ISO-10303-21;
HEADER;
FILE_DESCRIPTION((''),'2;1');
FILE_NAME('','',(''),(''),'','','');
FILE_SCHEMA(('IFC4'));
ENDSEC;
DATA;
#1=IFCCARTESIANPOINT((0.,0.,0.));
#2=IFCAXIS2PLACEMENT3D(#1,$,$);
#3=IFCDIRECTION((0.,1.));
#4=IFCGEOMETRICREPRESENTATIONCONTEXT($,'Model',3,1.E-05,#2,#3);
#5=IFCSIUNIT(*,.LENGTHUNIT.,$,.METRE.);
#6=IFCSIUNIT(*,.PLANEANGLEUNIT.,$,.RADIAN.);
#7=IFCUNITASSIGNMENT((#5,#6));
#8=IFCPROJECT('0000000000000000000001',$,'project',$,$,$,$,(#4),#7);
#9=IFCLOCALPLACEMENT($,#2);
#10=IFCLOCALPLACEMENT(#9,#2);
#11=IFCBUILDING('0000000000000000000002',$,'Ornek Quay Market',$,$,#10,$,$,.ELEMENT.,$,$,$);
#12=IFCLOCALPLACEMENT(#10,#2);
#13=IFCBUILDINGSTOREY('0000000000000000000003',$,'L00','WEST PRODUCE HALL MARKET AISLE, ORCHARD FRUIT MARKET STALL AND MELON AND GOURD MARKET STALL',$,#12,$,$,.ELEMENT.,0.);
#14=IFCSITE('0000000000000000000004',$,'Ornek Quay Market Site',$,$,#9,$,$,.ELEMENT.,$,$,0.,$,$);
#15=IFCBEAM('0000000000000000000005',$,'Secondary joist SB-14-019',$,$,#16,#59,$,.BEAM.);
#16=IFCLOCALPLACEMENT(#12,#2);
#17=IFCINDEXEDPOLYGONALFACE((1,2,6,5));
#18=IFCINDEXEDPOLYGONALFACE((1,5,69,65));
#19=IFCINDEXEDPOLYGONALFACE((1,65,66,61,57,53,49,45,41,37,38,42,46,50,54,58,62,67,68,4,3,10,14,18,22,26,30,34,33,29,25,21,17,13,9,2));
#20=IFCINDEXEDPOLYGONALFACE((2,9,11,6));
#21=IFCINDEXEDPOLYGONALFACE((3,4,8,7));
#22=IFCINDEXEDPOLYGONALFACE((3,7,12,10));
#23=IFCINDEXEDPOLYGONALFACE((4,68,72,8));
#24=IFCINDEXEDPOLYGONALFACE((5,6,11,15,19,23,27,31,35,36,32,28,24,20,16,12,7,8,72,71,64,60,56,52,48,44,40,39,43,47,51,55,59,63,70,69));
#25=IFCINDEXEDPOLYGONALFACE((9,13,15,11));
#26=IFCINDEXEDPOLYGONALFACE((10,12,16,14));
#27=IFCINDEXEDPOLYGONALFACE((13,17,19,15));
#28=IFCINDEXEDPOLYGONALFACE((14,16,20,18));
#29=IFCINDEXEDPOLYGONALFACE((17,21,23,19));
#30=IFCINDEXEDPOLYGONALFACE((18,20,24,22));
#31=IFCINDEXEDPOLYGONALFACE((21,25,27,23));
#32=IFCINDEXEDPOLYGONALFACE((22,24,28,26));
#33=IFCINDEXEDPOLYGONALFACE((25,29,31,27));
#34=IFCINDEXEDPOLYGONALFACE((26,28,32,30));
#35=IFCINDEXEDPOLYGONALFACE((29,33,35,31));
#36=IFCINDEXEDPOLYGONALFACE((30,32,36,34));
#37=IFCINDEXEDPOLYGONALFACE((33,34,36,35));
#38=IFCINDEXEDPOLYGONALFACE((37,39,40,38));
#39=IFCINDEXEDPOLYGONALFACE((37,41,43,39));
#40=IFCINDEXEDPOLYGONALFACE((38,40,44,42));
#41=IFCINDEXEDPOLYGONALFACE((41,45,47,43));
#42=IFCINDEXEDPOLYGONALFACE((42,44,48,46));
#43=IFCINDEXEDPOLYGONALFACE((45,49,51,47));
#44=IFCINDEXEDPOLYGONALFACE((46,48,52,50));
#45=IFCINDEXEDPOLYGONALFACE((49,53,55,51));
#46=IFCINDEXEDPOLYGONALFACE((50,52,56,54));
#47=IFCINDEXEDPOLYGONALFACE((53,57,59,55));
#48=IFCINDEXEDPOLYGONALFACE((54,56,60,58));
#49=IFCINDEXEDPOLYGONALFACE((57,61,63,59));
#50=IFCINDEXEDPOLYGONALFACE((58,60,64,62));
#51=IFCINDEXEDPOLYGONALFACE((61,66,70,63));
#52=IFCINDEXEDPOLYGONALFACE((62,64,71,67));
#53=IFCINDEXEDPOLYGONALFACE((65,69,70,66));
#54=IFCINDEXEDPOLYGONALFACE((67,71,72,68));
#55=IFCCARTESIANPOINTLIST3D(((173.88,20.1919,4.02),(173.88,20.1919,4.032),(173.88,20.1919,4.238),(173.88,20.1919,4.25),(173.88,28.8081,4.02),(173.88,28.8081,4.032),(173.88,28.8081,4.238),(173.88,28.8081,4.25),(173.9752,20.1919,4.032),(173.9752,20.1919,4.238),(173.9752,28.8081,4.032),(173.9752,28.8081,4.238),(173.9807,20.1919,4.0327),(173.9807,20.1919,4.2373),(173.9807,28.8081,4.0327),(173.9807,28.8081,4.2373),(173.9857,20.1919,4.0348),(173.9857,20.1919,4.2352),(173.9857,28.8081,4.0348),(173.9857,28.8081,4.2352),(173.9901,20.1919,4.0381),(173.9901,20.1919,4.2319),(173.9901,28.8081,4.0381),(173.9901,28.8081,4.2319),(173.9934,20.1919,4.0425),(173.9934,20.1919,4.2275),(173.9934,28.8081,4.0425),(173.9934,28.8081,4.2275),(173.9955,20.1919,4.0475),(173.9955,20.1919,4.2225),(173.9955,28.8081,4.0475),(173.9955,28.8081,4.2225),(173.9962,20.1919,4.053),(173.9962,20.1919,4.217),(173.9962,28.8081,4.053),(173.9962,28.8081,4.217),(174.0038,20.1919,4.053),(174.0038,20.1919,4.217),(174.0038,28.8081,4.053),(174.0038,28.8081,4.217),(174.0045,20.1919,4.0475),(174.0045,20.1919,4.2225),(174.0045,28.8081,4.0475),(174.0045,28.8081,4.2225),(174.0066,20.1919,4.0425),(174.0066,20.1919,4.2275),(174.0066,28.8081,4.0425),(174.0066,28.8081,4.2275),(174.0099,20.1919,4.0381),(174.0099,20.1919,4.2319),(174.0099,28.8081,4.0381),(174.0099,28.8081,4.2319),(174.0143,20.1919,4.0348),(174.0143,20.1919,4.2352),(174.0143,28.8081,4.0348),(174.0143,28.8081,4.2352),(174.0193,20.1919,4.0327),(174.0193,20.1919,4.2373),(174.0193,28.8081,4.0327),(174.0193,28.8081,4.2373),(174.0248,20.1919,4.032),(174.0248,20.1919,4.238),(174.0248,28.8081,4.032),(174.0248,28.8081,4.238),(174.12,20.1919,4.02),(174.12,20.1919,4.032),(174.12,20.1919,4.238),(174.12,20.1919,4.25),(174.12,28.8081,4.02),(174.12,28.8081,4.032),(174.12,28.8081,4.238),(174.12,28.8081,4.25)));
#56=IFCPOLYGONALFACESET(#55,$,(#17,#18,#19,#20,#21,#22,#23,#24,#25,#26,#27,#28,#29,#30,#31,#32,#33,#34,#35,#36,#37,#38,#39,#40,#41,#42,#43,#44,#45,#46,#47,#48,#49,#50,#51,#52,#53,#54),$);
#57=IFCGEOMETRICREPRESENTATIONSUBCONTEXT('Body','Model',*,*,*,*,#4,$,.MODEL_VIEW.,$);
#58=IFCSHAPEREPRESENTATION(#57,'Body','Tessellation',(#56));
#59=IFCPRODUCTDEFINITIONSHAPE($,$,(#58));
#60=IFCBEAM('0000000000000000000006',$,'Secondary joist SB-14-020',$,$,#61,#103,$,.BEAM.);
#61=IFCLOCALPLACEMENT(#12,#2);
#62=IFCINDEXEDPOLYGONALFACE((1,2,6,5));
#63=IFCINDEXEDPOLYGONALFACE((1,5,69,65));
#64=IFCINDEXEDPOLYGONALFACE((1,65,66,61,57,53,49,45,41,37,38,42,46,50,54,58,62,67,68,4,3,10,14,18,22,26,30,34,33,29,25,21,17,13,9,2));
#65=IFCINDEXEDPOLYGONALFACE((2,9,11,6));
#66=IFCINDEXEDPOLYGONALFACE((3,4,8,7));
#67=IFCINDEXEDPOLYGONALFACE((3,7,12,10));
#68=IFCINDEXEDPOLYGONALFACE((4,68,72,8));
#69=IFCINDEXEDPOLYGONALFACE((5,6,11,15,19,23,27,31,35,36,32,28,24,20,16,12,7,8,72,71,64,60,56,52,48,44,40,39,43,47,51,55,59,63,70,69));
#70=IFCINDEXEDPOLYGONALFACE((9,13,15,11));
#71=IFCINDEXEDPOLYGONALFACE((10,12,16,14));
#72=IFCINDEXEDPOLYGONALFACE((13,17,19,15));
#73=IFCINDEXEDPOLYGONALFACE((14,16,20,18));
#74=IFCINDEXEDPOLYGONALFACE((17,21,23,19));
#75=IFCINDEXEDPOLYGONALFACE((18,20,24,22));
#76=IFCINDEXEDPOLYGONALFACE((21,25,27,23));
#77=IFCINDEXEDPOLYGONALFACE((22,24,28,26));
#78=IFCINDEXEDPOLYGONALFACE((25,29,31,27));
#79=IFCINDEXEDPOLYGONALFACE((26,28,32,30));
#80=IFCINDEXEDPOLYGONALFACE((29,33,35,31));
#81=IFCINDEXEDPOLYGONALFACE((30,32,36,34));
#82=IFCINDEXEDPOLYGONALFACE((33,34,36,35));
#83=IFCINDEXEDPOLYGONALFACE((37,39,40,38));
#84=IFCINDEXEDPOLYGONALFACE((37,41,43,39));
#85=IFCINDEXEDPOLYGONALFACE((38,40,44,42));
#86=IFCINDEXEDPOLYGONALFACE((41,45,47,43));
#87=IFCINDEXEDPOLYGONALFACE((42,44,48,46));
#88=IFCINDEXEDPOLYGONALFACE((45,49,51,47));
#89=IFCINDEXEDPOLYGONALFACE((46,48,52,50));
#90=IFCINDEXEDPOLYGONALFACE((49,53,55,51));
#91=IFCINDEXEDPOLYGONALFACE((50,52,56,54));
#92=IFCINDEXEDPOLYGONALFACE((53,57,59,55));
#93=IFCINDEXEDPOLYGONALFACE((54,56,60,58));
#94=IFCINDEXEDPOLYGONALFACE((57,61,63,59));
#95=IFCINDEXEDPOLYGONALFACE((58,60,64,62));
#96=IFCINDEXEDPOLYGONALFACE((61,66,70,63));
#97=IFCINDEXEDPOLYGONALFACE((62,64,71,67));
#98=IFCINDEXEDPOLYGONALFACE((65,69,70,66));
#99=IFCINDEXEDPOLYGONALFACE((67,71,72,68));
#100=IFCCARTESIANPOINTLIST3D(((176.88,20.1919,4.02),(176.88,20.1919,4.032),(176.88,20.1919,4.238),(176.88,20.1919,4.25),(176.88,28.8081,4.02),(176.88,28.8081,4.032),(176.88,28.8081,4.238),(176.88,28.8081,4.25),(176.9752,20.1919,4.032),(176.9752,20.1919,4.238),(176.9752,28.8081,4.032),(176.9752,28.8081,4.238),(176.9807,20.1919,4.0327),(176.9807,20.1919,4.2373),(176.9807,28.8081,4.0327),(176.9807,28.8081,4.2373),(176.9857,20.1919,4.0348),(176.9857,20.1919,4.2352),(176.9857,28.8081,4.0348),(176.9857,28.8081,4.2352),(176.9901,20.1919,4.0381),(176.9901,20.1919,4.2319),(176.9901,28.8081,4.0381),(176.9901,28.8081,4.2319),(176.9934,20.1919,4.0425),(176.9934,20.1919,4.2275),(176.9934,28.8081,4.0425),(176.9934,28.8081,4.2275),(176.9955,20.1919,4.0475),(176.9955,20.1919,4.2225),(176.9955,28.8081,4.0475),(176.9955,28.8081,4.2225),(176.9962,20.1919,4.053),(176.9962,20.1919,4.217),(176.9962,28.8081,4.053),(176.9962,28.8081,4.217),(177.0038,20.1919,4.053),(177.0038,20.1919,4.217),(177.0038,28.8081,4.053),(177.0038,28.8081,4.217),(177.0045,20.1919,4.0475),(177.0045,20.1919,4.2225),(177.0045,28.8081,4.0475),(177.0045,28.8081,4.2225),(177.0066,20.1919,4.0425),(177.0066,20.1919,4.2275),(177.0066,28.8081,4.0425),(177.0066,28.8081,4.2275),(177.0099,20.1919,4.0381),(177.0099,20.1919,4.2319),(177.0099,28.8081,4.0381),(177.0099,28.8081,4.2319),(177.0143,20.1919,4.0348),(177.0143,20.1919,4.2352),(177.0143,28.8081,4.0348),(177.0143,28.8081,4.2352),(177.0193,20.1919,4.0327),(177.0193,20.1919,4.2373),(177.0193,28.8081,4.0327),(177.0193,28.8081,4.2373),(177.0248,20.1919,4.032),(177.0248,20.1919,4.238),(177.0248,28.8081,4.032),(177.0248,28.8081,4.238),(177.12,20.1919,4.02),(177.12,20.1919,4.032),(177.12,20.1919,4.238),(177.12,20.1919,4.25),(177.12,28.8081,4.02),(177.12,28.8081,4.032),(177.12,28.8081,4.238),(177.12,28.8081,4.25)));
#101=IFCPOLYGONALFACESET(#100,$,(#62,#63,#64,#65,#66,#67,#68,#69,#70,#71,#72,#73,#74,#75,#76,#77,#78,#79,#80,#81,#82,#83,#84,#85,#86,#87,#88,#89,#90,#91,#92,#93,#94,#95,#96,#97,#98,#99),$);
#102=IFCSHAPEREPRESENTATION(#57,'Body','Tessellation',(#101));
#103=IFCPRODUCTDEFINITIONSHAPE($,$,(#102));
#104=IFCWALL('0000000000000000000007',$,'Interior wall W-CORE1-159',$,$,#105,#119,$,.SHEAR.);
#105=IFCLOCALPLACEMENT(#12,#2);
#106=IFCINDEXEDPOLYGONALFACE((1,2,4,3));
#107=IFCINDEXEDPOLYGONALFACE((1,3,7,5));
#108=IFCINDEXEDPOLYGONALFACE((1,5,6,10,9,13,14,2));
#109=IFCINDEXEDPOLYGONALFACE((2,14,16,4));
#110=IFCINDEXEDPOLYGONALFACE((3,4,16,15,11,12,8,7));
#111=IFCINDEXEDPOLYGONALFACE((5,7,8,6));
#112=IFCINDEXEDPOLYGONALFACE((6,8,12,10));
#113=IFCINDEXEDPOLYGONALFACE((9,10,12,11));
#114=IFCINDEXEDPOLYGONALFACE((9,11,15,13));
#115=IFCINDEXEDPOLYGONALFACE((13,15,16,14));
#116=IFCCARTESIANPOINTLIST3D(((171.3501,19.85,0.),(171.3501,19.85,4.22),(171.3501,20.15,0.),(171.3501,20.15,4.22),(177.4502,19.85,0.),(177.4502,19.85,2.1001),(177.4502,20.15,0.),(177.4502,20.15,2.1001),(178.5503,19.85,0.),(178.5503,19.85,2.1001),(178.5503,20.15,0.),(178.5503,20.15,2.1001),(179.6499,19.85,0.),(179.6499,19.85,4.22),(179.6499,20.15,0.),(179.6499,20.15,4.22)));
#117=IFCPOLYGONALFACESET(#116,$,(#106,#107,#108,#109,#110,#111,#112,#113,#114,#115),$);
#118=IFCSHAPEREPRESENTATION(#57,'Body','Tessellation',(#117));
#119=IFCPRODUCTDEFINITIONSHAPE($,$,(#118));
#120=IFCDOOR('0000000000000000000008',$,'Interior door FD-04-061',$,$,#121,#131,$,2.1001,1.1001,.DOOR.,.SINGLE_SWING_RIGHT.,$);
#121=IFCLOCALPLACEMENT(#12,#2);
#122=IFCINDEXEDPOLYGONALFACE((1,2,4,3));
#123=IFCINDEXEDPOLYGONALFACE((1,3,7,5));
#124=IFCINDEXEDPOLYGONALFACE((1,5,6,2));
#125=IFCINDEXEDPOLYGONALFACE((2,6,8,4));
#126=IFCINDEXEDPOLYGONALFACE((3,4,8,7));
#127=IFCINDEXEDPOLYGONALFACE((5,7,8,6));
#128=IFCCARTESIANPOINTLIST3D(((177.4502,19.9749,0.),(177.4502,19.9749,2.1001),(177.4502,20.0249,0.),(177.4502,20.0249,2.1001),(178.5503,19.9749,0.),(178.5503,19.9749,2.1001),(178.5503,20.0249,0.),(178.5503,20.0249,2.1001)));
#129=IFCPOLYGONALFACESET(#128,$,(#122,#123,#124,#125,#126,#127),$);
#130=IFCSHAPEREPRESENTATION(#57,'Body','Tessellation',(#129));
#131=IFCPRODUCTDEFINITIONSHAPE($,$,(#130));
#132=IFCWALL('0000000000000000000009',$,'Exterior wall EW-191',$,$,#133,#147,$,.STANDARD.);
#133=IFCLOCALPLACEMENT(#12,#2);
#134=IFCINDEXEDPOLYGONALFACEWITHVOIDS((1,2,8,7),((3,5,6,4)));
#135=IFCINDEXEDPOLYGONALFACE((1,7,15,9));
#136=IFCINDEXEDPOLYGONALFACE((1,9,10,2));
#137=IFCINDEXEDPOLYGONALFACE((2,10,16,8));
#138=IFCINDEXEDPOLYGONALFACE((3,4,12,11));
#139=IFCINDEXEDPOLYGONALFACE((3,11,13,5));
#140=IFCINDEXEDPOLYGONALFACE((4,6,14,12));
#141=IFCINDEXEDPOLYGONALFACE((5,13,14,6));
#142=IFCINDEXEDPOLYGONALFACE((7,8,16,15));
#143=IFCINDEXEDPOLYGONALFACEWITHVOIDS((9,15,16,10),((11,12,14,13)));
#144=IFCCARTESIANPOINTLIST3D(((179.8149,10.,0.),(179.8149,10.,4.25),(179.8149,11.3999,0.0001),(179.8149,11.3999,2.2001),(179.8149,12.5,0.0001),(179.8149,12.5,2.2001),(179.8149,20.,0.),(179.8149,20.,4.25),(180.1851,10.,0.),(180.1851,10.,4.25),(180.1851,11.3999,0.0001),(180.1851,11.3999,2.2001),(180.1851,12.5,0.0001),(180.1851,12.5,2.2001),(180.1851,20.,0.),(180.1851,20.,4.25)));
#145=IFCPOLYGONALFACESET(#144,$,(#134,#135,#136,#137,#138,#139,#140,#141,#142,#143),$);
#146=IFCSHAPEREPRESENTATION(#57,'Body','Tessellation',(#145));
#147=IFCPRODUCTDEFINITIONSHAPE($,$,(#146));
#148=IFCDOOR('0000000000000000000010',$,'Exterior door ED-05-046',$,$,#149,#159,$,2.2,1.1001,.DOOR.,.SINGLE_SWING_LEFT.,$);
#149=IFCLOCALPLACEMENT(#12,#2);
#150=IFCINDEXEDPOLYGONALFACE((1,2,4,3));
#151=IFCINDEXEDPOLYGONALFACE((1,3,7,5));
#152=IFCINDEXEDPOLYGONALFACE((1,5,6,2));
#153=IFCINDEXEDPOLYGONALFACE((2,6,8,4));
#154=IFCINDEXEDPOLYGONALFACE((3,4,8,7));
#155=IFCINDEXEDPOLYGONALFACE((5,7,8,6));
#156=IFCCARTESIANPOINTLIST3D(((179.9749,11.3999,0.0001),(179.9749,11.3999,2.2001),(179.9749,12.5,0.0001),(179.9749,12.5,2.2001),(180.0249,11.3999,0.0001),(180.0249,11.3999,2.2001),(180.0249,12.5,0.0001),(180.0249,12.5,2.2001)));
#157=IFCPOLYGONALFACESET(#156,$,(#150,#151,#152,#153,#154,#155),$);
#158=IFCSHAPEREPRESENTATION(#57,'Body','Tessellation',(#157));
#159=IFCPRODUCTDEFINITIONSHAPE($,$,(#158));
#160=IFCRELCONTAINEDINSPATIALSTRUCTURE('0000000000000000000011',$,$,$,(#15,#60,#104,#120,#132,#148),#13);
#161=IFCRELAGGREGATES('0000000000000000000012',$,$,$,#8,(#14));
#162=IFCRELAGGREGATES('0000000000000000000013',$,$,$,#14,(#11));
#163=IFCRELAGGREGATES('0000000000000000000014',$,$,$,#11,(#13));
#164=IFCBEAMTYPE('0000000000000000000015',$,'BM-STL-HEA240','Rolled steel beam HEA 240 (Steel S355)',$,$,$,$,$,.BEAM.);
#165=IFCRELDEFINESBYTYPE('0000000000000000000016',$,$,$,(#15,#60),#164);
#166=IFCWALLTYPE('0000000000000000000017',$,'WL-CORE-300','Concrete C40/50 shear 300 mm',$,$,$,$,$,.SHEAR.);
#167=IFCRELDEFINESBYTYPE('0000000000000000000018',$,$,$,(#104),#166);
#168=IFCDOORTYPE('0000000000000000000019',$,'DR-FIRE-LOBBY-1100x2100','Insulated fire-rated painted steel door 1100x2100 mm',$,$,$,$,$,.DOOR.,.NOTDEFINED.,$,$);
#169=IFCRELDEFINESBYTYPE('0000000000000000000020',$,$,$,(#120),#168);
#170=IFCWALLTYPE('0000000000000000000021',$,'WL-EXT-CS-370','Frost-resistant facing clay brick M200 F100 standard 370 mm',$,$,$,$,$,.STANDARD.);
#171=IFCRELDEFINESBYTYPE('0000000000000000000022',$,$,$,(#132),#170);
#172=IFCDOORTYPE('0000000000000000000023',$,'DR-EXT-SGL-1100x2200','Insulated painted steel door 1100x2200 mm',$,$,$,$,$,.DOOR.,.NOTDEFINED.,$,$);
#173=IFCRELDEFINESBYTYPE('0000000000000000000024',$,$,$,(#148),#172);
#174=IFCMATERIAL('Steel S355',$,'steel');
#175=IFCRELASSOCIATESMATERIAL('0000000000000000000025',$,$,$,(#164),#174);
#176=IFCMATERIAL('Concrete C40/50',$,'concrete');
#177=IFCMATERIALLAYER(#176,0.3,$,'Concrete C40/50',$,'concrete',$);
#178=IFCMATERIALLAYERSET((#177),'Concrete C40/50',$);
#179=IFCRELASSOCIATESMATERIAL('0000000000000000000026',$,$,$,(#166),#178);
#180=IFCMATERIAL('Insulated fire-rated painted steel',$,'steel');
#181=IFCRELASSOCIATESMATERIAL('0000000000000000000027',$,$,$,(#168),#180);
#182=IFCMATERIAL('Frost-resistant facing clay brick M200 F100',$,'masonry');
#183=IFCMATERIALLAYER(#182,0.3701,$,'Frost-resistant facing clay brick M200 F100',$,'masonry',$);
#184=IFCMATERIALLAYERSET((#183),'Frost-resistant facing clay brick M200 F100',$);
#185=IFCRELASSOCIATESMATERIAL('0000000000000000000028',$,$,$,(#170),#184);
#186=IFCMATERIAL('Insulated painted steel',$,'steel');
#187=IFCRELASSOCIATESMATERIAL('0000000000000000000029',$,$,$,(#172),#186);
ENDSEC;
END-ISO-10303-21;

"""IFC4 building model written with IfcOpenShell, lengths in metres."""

from ifc_helpers import new_model, si_unit, direction, frame, frame_2d, origin, origin_2d, place, context, subcontext, project, spatial, rectangle, i_section, extrude, material, layer, layer_set, material_profile, profile_set, type_object, element, fill, save


model = new_model("IFC4")

# Units and contexts
model_context = context("Model", 3, precision=1e-05, world=origin(), true_north=direction((0.0, 1.0)))
body_context = subcontext(model_context, "Body", "Model", "MODEL_VIEW")
ifc_project = project(units=[si_unit("LENGTHUNIT", "METRE"), si_unit("PLANEANGLEUNIT", "RADIAN")], contexts=[model_context])

# Site, building, storey
site_placement = place(None, origin())
site = spatial("IfcSite", under=ifc_project, at=site_placement, Name="Ornek Quay Market Site", CompositionType="ELEMENT", RefElevation=0.0)
building_placement = place(site_placement, origin())
building = spatial("IfcBuilding", under=site, at=building_placement, Name="Ornek Quay Market", CompositionType="ELEMENT")
storey_placement = place(building_placement, origin())
storey = spatial("IfcBuildingStorey", under=building, at=storey_placement, Name="L00", Description="WEST PRODUCE HALL MARKET AISLE, ORCHARD FRUIT MARKET STALL AND MELON AND GOURD MARKET STALL", CompositionType="ELEMENT", Elevation=0.0)

# Shared definitions
ifc_material_1 = material(Name="Concrete C40/50", Category="concrete")

# Beams
ifc_material_2 = material(Name="Steel S355", Category="steel")
ifc_material_profile_1 = material_profile(ifc_material_2, i_section(OverallWidth=0.24, OverallDepth=0.23, WebThickness=0.0076, FlangeThickness=0.012, FilletRadius=0.021, at=origin_2d()), Name="HEA 240", Category="steel")
ifc_profile_set_1 = profile_set([ifc_material_profile_1], Name="Steel S355")
beam_type_1 = type_object("IfcBeamType", Name="BM-STL-HEA240", Description="Rolled steel beam HEA 240 (Steel S355)", PredefinedType="BEAM", material=ifc_profile_set_1)
for number, where, z_axis, x_axis, name in (
    (1, (174.0, 20.1919, 4.135), (0.0, 1.0, 0.0), (-1.0, 0.0, 0.0), "Secondary joist SB-14-019"),
    (2, (177.0, 20.1919, 4.135), (0.0, 1.0, 0.0), (-1.0, 0.0, 0.0), "Secondary joist SB-14-020"),
):
    element("IfcBeam", number, at=place(storey_placement, frame(where, z_axis=z_axis, x_axis=x_axis)), inside=storey, type_object=beam_type_1, Name=name, PredefinedType="BEAM", context=body_context, shape_type="SweptSolid", body=[
        extrude(i_section(OverallWidth=0.24, OverallDepth=0.23, WebThickness=0.0076, FlangeThickness=0.012, FilletRadius=0.021, at=origin_2d()), origin(), (0.0, 0.0, 1.0), 8.6162),
    ])

# Walls, openings, doors
ifc_layer_1 = layer(ifc_material_1, 0.3, Name="Concrete C40/50", Category="concrete")
ifc_layer_set_1 = layer_set([ifc_layer_1], Name="Concrete C40/50")
wall_type_1 = type_object("IfcWallType", Name="WL-CORE-300", Description="Concrete C40/50 shear 300 mm", PredefinedType="SHEAR", material=ifc_layer_set_1)
wall_1_placement = place(storey_placement, frame((171.3501, 20.0, 0.0), z_axis=(0.0, 0.0, 1.0), x_axis=(1.0, 0.0, 0.0)))
wall_1 = element("IfcWall", 3, at=wall_1_placement, inside=storey, type_object=wall_type_1, Name="Interior wall W-CORE1-159", PredefinedType="SHEAR", context=body_context, shape_type="SweptSolid", body=[
    extrude(rectangle(XDim=8.2998, YDim=0.3, at=frame_2d((4.1499, 0.0))), origin(), (0.0, 0.0, 1.0), 4.22),
])
opening_1_placement = place(wall_1_placement, frame((6.1001, 0.0, 0.0)))
opening_1 = element("IfcOpeningElement", 4, at=opening_1_placement, cuts=wall_1, PredefinedType="OPENING", context=body_context, shape_type="SweptSolid", body=[
    extrude(rectangle(XDim=1.1001, YDim=2.1001, at=frame_2d((0.55, 1.05))), frame((0.0, 0.1599, 0.0), z_axis=(0.0, -1.0, 0.0), x_axis=(1.0, 0.0, 0.0)), (0.0, 0.0, 1.0), 0.3201),
])
ifc_material_3 = material(Name="Insulated fire-rated painted steel", Category="steel")
door_type_1 = type_object("IfcDoorType", Name="DR-FIRE-LOBBY-1100x2100", Description="Insulated fire-rated painted steel door 1100x2100 mm", OperationType="NOTDEFINED", PredefinedType="DOOR", material=ifc_material_3)
door_1_placement = place(opening_1_placement, origin())
door_1 = element("IfcDoor", 5, at=door_1_placement, inside=storey, type_object=door_type_1, Name="Interior door FD-04-061", OperationType="SINGLE_SWING_RIGHT", OverallHeight=2.1001, OverallWidth=1.1001, PredefinedType="DOOR", context=body_context, shape_type="SweptSolid", body=[
    extrude(rectangle(XDim=1.1001, YDim=2.1001, at=frame_2d((0.55, 1.05))), frame((0.0, 0.0249, 0.0), z_axis=(0.0, -1.0, 0.0), x_axis=(1.0, 0.0, 0.0)), (0.0, 0.0, 1.0), 0.05),
])
fill(opening_1, door_1)
ifc_material_4 = material(Name="Frost-resistant facing clay brick M200 F100", Category="masonry")
ifc_layer_2 = layer(ifc_material_4, 0.3701, Name="Frost-resistant facing clay brick M200 F100", Category="masonry")
ifc_layer_set_2 = layer_set([ifc_layer_2], Name="Frost-resistant facing clay brick M200 F100")
wall_type_2 = type_object("IfcWallType", Name="WL-EXT-CS-370", Description="Frost-resistant facing clay brick M200 F100 standard 370 mm", PredefinedType="STANDARD", material=ifc_layer_set_2)
wall_2_placement = place(storey_placement, frame((180.0, 20.0, 0.0), z_axis=(0.0, 0.0, 1.0), x_axis=(0.0, -1.0, 0.0)))
wall_2 = element("IfcWall", 6, at=wall_2_placement, inside=storey, type_object=wall_type_2, Name="Exterior wall EW-191", PredefinedType="STANDARD", context=body_context, shape_type="SweptSolid", body=[
    extrude(rectangle(XDim=10.0, YDim=0.3701, at=frame_2d((5.0, 0.0))), origin(), (0.0, 0.0, 1.0), 4.25),
])
opening_2_placement = place(wall_2_placement, frame((7.5, 0.0, 0.0)))
opening_2 = element("IfcOpeningElement", 7, at=opening_2_placement, cuts=wall_2, PredefinedType="OPENING", context=body_context, shape_type="SweptSolid", body=[
    extrude(rectangle(XDim=1.1001, YDim=2.2, at=frame_2d((0.55, 1.1001))), frame((0.0, 0.1951, 0.0), z_axis=(0.0, -1.0, 0.0), x_axis=(1.0, 0.0, 0.0)), (0.0, 0.0, 1.0), 0.3901),
])
ifc_material_5 = material(Name="Insulated painted steel", Category="steel")
door_type_2 = type_object("IfcDoorType", Name="DR-EXT-SGL-1100x2200", Description="Insulated painted steel door 1100x2200 mm", OperationType="NOTDEFINED", PredefinedType="DOOR", material=ifc_material_5)
door_2_placement = place(opening_2_placement, origin())
door_2 = element("IfcDoor", 8, at=door_2_placement, inside=storey, type_object=door_type_2, Name="Exterior door ED-05-046", OperationType="SINGLE_SWING_LEFT", OverallHeight=2.2, OverallWidth=1.1001, PredefinedType="DOOR", context=body_context, shape_type="SweptSolid", body=[
    extrude(rectangle(XDim=1.1001, YDim=2.2, at=frame_2d((0.55, 1.1001))), frame((0.0, 0.0249, 0.0), z_axis=(0.0, -1.0, 0.0), x_axis=(1.0, 0.0, 0.0)), (0.0, 0.0, 1.0), 0.05),
])
fill(opening_2, door_2)

save(model, "model.ifc")
